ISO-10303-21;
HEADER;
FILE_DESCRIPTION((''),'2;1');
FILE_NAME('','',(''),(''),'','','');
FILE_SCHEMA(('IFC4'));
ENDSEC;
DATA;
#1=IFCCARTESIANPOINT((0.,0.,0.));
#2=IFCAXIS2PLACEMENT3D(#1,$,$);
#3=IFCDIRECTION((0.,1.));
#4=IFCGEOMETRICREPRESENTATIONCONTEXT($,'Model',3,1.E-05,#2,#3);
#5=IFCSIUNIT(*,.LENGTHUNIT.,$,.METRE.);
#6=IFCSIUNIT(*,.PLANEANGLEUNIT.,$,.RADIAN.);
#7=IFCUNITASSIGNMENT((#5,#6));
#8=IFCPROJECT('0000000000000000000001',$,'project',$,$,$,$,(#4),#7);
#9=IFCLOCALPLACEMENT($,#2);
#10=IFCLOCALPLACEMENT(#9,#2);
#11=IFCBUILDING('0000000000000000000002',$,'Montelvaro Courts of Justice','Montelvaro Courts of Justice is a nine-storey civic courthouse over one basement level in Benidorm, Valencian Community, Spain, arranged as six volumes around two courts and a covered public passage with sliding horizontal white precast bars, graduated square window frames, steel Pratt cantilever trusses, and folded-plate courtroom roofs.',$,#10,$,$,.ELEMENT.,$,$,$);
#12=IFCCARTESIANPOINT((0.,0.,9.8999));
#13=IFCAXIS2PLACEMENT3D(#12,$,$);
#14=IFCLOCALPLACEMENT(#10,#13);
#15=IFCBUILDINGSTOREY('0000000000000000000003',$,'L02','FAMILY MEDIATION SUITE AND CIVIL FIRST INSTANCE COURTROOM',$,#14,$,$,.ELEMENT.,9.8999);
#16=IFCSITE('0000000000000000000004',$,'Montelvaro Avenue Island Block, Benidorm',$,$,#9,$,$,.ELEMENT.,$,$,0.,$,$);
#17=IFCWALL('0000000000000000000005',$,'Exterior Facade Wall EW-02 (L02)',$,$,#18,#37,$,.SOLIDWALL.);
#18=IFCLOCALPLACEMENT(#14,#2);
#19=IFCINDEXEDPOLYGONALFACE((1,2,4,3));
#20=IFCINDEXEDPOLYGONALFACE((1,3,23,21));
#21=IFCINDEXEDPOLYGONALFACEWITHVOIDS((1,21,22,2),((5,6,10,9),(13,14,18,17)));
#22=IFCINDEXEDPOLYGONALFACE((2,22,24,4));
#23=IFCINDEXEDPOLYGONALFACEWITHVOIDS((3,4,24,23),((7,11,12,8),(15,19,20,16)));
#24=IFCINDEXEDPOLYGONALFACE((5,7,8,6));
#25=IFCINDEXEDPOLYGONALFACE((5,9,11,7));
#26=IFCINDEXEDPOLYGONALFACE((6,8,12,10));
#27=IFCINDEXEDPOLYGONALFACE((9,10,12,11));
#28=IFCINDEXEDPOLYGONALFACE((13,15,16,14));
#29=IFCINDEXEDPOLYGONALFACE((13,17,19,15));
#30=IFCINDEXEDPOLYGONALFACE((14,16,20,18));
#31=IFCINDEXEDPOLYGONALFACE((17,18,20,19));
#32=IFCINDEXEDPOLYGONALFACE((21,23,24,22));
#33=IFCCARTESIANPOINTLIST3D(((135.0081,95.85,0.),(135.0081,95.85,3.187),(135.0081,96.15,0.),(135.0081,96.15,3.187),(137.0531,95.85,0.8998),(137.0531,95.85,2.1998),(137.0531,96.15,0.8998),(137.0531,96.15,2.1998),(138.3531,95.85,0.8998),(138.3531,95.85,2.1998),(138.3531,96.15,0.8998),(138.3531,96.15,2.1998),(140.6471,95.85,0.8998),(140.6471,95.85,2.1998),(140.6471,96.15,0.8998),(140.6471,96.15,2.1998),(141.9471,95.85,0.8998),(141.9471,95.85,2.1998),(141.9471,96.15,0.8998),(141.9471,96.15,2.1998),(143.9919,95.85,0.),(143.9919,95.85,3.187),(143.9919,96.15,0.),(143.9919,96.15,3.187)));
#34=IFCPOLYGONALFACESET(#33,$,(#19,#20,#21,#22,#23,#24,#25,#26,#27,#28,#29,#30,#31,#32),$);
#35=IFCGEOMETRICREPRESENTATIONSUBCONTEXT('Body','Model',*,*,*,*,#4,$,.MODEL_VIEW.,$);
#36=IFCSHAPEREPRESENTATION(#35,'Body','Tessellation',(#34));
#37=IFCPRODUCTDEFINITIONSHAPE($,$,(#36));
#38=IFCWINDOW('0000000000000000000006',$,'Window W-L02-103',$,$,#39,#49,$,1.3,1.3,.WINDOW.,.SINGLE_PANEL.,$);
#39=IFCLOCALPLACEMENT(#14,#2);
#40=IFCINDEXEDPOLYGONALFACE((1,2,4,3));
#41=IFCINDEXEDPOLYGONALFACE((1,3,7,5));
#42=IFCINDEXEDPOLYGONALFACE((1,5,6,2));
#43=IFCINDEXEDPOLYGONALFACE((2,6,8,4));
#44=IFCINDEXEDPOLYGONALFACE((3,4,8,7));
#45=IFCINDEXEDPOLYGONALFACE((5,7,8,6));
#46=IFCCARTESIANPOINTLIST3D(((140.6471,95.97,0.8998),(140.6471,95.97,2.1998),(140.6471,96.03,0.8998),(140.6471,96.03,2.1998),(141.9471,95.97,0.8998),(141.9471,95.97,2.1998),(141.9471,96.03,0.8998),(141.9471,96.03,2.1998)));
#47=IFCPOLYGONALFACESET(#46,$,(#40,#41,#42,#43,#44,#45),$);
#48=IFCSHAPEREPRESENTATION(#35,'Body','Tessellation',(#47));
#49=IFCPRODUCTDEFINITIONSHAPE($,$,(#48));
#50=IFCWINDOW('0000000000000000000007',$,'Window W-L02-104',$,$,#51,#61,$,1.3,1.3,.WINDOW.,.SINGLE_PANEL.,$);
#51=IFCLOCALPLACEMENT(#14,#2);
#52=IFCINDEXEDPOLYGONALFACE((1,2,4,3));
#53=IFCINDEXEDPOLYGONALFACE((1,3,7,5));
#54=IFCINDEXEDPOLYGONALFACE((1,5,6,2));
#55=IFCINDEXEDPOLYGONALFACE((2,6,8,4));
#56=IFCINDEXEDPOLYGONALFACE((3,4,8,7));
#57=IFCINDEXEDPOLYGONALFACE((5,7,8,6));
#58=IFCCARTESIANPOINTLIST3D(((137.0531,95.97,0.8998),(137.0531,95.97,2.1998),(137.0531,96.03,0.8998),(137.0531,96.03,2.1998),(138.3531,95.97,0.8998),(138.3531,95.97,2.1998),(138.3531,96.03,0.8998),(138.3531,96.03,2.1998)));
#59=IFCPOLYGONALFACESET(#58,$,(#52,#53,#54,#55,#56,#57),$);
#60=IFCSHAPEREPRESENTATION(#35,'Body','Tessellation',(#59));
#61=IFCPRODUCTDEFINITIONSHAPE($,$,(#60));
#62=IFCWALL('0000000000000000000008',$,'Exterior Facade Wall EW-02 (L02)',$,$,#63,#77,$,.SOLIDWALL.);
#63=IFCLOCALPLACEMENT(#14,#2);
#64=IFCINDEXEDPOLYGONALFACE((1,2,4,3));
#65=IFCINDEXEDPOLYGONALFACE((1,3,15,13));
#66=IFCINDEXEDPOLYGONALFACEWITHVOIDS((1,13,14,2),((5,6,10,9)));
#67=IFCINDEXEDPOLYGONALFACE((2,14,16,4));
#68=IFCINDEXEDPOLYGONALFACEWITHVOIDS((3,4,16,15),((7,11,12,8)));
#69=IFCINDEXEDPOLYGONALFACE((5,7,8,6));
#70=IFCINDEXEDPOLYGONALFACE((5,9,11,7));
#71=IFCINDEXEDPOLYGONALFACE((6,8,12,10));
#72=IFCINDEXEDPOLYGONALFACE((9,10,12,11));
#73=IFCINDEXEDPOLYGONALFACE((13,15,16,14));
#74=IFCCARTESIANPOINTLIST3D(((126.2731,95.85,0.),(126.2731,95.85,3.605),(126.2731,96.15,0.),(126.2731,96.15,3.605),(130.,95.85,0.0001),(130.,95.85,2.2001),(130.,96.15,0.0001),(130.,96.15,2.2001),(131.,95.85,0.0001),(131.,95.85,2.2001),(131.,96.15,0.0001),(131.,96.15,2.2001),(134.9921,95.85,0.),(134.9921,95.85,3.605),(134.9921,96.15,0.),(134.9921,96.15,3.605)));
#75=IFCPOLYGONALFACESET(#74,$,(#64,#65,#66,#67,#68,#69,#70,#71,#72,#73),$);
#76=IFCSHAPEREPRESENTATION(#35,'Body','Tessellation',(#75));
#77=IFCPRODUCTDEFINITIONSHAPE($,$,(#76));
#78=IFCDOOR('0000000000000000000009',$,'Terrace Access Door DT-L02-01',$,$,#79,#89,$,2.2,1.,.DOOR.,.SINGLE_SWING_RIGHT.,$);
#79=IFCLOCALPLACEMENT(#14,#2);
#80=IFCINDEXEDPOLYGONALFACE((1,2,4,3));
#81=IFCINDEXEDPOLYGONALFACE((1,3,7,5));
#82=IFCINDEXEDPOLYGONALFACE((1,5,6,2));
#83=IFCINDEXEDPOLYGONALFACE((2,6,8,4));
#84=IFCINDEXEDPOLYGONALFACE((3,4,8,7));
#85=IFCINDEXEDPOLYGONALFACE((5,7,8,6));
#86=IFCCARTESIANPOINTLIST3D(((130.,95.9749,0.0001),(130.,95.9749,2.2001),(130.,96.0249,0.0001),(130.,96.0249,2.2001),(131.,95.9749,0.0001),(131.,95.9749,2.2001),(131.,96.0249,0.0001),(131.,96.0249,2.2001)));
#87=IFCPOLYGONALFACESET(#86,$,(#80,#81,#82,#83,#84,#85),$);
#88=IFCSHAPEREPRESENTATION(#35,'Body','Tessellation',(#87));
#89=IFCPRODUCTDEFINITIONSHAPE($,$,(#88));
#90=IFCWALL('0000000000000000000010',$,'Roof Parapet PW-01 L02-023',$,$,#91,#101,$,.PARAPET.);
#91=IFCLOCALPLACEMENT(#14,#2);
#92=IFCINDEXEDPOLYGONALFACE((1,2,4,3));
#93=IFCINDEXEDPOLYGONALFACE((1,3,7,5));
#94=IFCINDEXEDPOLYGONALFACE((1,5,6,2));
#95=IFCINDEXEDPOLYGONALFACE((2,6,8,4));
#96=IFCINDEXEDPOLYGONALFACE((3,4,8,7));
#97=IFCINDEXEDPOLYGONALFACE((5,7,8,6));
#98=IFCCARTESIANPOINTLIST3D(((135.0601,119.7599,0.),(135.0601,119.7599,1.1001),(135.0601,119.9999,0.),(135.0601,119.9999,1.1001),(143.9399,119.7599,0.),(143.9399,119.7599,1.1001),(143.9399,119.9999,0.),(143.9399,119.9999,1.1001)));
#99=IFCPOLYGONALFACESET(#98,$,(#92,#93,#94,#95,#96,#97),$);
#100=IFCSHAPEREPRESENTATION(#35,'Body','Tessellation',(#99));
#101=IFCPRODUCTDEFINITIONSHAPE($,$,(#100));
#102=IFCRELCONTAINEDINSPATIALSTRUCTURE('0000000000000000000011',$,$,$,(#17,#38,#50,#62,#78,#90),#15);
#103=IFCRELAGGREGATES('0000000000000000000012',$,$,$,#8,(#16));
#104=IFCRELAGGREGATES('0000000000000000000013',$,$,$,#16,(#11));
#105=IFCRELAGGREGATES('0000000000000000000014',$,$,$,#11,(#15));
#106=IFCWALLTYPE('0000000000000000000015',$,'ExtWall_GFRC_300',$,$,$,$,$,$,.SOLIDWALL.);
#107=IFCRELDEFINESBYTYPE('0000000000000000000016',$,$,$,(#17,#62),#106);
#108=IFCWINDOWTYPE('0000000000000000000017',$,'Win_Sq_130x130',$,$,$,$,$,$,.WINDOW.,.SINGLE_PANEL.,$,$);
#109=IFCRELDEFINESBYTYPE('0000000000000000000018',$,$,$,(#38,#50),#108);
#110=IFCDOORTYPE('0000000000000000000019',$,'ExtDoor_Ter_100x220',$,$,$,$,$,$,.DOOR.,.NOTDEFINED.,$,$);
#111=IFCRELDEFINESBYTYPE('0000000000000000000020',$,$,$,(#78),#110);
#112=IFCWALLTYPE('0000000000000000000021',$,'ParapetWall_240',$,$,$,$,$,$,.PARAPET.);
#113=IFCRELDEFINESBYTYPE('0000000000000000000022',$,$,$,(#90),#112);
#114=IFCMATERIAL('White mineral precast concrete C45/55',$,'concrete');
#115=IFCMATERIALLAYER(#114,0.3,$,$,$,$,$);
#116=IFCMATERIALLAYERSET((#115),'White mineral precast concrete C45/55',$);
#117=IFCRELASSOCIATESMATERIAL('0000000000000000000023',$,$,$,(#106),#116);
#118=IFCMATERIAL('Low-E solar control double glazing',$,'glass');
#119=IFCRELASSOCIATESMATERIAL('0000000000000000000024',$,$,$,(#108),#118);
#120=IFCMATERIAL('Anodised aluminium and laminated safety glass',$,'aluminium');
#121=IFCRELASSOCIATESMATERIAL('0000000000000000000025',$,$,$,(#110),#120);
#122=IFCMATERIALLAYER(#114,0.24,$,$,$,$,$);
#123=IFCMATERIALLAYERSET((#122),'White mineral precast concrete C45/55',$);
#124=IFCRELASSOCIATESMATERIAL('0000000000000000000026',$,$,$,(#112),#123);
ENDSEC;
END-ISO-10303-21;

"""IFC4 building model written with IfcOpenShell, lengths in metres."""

from ifc_helpers import new_model, si_unit, direction, frame, frame_2d, origin, place, context, subcontext, project, spatial, rectangle, extrude, material, layer, layer_set, type_object, element, fill, save


model = new_model("IFC4")

# Units and contexts
model_context = context("Model", 3, precision=1e-05, world=origin(), true_north=direction((0.0, 1.0)))
body_context = subcontext(model_context, "Body", "Model", "MODEL_VIEW")
ifc_project = project(units=[si_unit("LENGTHUNIT", "METRE"), si_unit("PLANEANGLEUNIT", "RADIAN")], contexts=[model_context])

# Site, building, storey
site_placement = place(None, origin())
site = spatial("IfcSite", under=ifc_project, at=site_placement, Name="Montelvaro Avenue Island Block, Benidorm", CompositionType="ELEMENT", RefElevation=0.0)
building_placement = place(site_placement, origin())
building = spatial("IfcBuilding", under=site, at=building_placement, Name="Montelvaro Courts of Justice", Description="Montelvaro Courts of Justice is a nine-storey civic courthouse over one basement level in Benidorm, Valencian Community, Spain, arranged as six volumes around two courts and a covered public passage with sliding horizontal white precast bars, graduated square window frames, steel Pratt cantilever trusses, and folded-plate courtroom roofs.", CompositionType="ELEMENT")
storey_placement = place(building_placement, frame((0.0, 0.0, 9.8999)))
storey = spatial("IfcBuildingStorey", under=building, at=storey_placement, Name="L02", Description="FAMILY MEDIATION SUITE AND CIVIL FIRST INSTANCE COURTROOM", CompositionType="ELEMENT", Elevation=9.8999)

# Shared definitions
ifc_material_1 = material(Name="White mineral precast concrete C45/55", Category="concrete")

# Wall, openings, windows
ifc_layer_1 = layer(ifc_material_1, 0.3)
ifc_layer_set_1 = layer_set([ifc_layer_1], Name="White mineral precast concrete C45/55")
wall_type_1 = type_object("IfcWallType", Name="ExtWall_GFRC_300", PredefinedType="SOLIDWALL", material=ifc_layer_set_1)
wall_1_placement = place(storey_placement, frame((143.9919, 96.0, 0.0), z_axis=(0.0, 0.0, 1.0), x_axis=(-1.0, 0.0, 0.0)))
wall_1 = element("IfcWall", 1, at=wall_1_placement, inside=storey, type_object=wall_type_1, Name="Exterior Facade Wall EW-02 (L02)", PredefinedType="SOLIDWALL", context=body_context, shape_type="SweptSolid", body=[
    extrude(rectangle(XDim=8.9839, YDim=0.3, at=frame_2d((4.4919, 0.0))), origin(), (0.0, 0.0, 1.0), 3.187),
])
opening_1_placement = place(wall_1_placement, frame((2.0449, 0.0, 0.8999)))
opening_1 = element("IfcOpeningElement", 2, at=opening_1_placement, cuts=wall_1, PredefinedType="OPENING", context=body_context, shape_type="SweptSolid", body=[
    extrude(rectangle(XDim=1.3, YDim=1.3, at=frame_2d((0.6499, 0.6499))), frame((0.0, 0.165, 0.0), z_axis=(0.0, -1.0, 0.0), x_axis=(1.0, 0.0, 0.0)), (0.0, 0.0, 1.0), 0.3298),
])
opening_2_placement = place(wall_1_placement, frame((5.6389, 0.0, 0.8999)))
opening_2 = element("IfcOpeningElement", 3, at=opening_2_placement, cuts=wall_1, PredefinedType="OPENING", context=body_context, shape_type="SweptSolid", body=[
    extrude(rectangle(XDim=1.3, YDim=1.3, at=frame_2d((0.6499, 0.6499))), frame((0.0, 0.165, 0.0), z_axis=(0.0, -1.0, 0.0), x_axis=(1.0, 0.0, 0.0)), (0.0, 0.0, 1.0), 0.3298),
])
ifc_material_2 = material(Name="Low-E solar control double glazing", Category="glass")
window_type = type_object("IfcWindowType", Name="Win_Sq_130x130", PartitioningType="SINGLE_PANEL", PredefinedType="WINDOW", material=ifc_material_2)
window_1_placement = place(opening_1_placement, origin())
window_1 = element("IfcWindow", 4, at=window_1_placement, inside=storey, type_object=window_type, Name="Window W-L02-103", OverallHeight=1.3, OverallWidth=1.3, PartitioningType="SINGLE_PANEL", PredefinedType="WINDOW", context=body_context, shape_type="SweptSolid", body=[
    extrude(rectangle(XDim=1.3, YDim=1.3, at=frame_2d((0.6499, 0.6499))), frame((0.0, 0.03, 0.0), z_axis=(0.0, -1.0, 0.0), x_axis=(1.0, 0.0, 0.0)), (0.0, 0.0, 1.0), 0.0601),
])
fill(opening_1, window_1)
window_2_placement = place(opening_2_placement, origin())
window_2 = element("IfcWindow", 5, at=window_2_placement, inside=storey, type_object=window_type, Name="Window W-L02-104", OverallHeight=1.3, OverallWidth=1.3, PartitioningType="SINGLE_PANEL", PredefinedType="WINDOW", context=body_context, shape_type="SweptSolid", body=[
    extrude(rectangle(XDim=1.3, YDim=1.3, at=frame_2d((0.6499, 0.6499))), frame((0.0, 0.03, 0.0), z_axis=(0.0, -1.0, 0.0), x_axis=(1.0, 0.0, 0.0)), (0.0, 0.0, 1.0), 0.0601),
])
fill(opening_2, window_2)

# Wall, opening, door
wall_2_placement = place(storey_placement, frame((134.9919, 96.0, 0.0), z_axis=(0.0, 0.0, 1.0), x_axis=(-1.0, 0.0, 0.0)))
wall_2 = element("IfcWall", 6, at=wall_2_placement, inside=storey, type_object=wall_type_1, Name="Exterior Facade Wall EW-02 (L02)", PredefinedType="SOLIDWALL", context=body_context, shape_type="SweptSolid", body=[
    extrude(rectangle(XDim=8.719, YDim=0.3, at=frame_2d((4.3594, 0.0))), origin(), (0.0, 0.0, 1.0), 3.605),
])
opening_3_placement = place(wall_2_placement, frame((3.9919, 0.0, 0.0)))
opening_3 = element("IfcOpeningElement", 7, at=opening_3_placement, cuts=wall_2, PredefinedType="OPENING", context=body_context, shape_type="SweptSolid", body=[
    extrude(rectangle(XDim=1.0, YDim=2.2, at=frame_2d((0.5, 1.1001))), frame((0.0, 0.165, 0.0), z_axis=(0.0, -1.0, 0.0), x_axis=(1.0, 0.0, 0.0)), (0.0, 0.0, 1.0), 0.3298),
])
ifc_material_3 = material(Name="Anodised aluminium and laminated safety glass", Category="aluminium")
door_type = type_object("IfcDoorType", Name="ExtDoor_Ter_100x220", OperationType="NOTDEFINED", PredefinedType="DOOR", material=ifc_material_3)
door_placement = place(opening_3_placement, frame((1.0, 0.0, 0.0), z_axis=(0.0, 0.0, 1.0), x_axis=(-1.0, 0.0, 0.0)))
door = element("IfcDoor", 8, at=door_placement, inside=storey, type_object=door_type, Name="Terrace Access Door DT-L02-01", OperationType="SINGLE_SWING_RIGHT", OverallHeight=2.2, OverallWidth=1.0, PredefinedType="DOOR", context=body_context, shape_type="SweptSolid", body=[
    extrude(rectangle(XDim=1.0, YDim=2.2, at=frame_2d((0.5, 1.1001))), frame((0.0, 0.0249, 0.0), z_axis=(0.0, -1.0, 0.0), x_axis=(1.0, 0.0, 0.0)), (0.0, 0.0, 1.0), 0.05),
])
fill(opening_3, door)

# Wall
ifc_layer_2 = layer(ifc_material_1, 0.24)
ifc_layer_set_2 = layer_set([ifc_layer_2], Name="White mineral precast concrete C45/55")
wall_type_2 = type_object("IfcWallType", Name="ParapetWall_240", PredefinedType="PARAPET", material=ifc_layer_set_2)
wall_3_placement = place(storey_placement, frame((135.0601, 119.8799, 0.0), z_axis=(0.0, 0.0, 1.0), x_axis=(1.0, 0.0, 0.0)))
element("IfcWall", 9, at=wall_3_placement, inside=storey, type_object=wall_type_2, Name="Roof Parapet PW-01 L02-023", PredefinedType="PARAPET", context=body_context, shape_type="SweptSolid", body=[
    extrude(rectangle(XDim=8.8799, YDim=0.24, at=frame_2d((4.4399, 0.0))), origin(), (0.0, 0.0, 1.0), 1.1001),
])

save(model, "model.ifc")
